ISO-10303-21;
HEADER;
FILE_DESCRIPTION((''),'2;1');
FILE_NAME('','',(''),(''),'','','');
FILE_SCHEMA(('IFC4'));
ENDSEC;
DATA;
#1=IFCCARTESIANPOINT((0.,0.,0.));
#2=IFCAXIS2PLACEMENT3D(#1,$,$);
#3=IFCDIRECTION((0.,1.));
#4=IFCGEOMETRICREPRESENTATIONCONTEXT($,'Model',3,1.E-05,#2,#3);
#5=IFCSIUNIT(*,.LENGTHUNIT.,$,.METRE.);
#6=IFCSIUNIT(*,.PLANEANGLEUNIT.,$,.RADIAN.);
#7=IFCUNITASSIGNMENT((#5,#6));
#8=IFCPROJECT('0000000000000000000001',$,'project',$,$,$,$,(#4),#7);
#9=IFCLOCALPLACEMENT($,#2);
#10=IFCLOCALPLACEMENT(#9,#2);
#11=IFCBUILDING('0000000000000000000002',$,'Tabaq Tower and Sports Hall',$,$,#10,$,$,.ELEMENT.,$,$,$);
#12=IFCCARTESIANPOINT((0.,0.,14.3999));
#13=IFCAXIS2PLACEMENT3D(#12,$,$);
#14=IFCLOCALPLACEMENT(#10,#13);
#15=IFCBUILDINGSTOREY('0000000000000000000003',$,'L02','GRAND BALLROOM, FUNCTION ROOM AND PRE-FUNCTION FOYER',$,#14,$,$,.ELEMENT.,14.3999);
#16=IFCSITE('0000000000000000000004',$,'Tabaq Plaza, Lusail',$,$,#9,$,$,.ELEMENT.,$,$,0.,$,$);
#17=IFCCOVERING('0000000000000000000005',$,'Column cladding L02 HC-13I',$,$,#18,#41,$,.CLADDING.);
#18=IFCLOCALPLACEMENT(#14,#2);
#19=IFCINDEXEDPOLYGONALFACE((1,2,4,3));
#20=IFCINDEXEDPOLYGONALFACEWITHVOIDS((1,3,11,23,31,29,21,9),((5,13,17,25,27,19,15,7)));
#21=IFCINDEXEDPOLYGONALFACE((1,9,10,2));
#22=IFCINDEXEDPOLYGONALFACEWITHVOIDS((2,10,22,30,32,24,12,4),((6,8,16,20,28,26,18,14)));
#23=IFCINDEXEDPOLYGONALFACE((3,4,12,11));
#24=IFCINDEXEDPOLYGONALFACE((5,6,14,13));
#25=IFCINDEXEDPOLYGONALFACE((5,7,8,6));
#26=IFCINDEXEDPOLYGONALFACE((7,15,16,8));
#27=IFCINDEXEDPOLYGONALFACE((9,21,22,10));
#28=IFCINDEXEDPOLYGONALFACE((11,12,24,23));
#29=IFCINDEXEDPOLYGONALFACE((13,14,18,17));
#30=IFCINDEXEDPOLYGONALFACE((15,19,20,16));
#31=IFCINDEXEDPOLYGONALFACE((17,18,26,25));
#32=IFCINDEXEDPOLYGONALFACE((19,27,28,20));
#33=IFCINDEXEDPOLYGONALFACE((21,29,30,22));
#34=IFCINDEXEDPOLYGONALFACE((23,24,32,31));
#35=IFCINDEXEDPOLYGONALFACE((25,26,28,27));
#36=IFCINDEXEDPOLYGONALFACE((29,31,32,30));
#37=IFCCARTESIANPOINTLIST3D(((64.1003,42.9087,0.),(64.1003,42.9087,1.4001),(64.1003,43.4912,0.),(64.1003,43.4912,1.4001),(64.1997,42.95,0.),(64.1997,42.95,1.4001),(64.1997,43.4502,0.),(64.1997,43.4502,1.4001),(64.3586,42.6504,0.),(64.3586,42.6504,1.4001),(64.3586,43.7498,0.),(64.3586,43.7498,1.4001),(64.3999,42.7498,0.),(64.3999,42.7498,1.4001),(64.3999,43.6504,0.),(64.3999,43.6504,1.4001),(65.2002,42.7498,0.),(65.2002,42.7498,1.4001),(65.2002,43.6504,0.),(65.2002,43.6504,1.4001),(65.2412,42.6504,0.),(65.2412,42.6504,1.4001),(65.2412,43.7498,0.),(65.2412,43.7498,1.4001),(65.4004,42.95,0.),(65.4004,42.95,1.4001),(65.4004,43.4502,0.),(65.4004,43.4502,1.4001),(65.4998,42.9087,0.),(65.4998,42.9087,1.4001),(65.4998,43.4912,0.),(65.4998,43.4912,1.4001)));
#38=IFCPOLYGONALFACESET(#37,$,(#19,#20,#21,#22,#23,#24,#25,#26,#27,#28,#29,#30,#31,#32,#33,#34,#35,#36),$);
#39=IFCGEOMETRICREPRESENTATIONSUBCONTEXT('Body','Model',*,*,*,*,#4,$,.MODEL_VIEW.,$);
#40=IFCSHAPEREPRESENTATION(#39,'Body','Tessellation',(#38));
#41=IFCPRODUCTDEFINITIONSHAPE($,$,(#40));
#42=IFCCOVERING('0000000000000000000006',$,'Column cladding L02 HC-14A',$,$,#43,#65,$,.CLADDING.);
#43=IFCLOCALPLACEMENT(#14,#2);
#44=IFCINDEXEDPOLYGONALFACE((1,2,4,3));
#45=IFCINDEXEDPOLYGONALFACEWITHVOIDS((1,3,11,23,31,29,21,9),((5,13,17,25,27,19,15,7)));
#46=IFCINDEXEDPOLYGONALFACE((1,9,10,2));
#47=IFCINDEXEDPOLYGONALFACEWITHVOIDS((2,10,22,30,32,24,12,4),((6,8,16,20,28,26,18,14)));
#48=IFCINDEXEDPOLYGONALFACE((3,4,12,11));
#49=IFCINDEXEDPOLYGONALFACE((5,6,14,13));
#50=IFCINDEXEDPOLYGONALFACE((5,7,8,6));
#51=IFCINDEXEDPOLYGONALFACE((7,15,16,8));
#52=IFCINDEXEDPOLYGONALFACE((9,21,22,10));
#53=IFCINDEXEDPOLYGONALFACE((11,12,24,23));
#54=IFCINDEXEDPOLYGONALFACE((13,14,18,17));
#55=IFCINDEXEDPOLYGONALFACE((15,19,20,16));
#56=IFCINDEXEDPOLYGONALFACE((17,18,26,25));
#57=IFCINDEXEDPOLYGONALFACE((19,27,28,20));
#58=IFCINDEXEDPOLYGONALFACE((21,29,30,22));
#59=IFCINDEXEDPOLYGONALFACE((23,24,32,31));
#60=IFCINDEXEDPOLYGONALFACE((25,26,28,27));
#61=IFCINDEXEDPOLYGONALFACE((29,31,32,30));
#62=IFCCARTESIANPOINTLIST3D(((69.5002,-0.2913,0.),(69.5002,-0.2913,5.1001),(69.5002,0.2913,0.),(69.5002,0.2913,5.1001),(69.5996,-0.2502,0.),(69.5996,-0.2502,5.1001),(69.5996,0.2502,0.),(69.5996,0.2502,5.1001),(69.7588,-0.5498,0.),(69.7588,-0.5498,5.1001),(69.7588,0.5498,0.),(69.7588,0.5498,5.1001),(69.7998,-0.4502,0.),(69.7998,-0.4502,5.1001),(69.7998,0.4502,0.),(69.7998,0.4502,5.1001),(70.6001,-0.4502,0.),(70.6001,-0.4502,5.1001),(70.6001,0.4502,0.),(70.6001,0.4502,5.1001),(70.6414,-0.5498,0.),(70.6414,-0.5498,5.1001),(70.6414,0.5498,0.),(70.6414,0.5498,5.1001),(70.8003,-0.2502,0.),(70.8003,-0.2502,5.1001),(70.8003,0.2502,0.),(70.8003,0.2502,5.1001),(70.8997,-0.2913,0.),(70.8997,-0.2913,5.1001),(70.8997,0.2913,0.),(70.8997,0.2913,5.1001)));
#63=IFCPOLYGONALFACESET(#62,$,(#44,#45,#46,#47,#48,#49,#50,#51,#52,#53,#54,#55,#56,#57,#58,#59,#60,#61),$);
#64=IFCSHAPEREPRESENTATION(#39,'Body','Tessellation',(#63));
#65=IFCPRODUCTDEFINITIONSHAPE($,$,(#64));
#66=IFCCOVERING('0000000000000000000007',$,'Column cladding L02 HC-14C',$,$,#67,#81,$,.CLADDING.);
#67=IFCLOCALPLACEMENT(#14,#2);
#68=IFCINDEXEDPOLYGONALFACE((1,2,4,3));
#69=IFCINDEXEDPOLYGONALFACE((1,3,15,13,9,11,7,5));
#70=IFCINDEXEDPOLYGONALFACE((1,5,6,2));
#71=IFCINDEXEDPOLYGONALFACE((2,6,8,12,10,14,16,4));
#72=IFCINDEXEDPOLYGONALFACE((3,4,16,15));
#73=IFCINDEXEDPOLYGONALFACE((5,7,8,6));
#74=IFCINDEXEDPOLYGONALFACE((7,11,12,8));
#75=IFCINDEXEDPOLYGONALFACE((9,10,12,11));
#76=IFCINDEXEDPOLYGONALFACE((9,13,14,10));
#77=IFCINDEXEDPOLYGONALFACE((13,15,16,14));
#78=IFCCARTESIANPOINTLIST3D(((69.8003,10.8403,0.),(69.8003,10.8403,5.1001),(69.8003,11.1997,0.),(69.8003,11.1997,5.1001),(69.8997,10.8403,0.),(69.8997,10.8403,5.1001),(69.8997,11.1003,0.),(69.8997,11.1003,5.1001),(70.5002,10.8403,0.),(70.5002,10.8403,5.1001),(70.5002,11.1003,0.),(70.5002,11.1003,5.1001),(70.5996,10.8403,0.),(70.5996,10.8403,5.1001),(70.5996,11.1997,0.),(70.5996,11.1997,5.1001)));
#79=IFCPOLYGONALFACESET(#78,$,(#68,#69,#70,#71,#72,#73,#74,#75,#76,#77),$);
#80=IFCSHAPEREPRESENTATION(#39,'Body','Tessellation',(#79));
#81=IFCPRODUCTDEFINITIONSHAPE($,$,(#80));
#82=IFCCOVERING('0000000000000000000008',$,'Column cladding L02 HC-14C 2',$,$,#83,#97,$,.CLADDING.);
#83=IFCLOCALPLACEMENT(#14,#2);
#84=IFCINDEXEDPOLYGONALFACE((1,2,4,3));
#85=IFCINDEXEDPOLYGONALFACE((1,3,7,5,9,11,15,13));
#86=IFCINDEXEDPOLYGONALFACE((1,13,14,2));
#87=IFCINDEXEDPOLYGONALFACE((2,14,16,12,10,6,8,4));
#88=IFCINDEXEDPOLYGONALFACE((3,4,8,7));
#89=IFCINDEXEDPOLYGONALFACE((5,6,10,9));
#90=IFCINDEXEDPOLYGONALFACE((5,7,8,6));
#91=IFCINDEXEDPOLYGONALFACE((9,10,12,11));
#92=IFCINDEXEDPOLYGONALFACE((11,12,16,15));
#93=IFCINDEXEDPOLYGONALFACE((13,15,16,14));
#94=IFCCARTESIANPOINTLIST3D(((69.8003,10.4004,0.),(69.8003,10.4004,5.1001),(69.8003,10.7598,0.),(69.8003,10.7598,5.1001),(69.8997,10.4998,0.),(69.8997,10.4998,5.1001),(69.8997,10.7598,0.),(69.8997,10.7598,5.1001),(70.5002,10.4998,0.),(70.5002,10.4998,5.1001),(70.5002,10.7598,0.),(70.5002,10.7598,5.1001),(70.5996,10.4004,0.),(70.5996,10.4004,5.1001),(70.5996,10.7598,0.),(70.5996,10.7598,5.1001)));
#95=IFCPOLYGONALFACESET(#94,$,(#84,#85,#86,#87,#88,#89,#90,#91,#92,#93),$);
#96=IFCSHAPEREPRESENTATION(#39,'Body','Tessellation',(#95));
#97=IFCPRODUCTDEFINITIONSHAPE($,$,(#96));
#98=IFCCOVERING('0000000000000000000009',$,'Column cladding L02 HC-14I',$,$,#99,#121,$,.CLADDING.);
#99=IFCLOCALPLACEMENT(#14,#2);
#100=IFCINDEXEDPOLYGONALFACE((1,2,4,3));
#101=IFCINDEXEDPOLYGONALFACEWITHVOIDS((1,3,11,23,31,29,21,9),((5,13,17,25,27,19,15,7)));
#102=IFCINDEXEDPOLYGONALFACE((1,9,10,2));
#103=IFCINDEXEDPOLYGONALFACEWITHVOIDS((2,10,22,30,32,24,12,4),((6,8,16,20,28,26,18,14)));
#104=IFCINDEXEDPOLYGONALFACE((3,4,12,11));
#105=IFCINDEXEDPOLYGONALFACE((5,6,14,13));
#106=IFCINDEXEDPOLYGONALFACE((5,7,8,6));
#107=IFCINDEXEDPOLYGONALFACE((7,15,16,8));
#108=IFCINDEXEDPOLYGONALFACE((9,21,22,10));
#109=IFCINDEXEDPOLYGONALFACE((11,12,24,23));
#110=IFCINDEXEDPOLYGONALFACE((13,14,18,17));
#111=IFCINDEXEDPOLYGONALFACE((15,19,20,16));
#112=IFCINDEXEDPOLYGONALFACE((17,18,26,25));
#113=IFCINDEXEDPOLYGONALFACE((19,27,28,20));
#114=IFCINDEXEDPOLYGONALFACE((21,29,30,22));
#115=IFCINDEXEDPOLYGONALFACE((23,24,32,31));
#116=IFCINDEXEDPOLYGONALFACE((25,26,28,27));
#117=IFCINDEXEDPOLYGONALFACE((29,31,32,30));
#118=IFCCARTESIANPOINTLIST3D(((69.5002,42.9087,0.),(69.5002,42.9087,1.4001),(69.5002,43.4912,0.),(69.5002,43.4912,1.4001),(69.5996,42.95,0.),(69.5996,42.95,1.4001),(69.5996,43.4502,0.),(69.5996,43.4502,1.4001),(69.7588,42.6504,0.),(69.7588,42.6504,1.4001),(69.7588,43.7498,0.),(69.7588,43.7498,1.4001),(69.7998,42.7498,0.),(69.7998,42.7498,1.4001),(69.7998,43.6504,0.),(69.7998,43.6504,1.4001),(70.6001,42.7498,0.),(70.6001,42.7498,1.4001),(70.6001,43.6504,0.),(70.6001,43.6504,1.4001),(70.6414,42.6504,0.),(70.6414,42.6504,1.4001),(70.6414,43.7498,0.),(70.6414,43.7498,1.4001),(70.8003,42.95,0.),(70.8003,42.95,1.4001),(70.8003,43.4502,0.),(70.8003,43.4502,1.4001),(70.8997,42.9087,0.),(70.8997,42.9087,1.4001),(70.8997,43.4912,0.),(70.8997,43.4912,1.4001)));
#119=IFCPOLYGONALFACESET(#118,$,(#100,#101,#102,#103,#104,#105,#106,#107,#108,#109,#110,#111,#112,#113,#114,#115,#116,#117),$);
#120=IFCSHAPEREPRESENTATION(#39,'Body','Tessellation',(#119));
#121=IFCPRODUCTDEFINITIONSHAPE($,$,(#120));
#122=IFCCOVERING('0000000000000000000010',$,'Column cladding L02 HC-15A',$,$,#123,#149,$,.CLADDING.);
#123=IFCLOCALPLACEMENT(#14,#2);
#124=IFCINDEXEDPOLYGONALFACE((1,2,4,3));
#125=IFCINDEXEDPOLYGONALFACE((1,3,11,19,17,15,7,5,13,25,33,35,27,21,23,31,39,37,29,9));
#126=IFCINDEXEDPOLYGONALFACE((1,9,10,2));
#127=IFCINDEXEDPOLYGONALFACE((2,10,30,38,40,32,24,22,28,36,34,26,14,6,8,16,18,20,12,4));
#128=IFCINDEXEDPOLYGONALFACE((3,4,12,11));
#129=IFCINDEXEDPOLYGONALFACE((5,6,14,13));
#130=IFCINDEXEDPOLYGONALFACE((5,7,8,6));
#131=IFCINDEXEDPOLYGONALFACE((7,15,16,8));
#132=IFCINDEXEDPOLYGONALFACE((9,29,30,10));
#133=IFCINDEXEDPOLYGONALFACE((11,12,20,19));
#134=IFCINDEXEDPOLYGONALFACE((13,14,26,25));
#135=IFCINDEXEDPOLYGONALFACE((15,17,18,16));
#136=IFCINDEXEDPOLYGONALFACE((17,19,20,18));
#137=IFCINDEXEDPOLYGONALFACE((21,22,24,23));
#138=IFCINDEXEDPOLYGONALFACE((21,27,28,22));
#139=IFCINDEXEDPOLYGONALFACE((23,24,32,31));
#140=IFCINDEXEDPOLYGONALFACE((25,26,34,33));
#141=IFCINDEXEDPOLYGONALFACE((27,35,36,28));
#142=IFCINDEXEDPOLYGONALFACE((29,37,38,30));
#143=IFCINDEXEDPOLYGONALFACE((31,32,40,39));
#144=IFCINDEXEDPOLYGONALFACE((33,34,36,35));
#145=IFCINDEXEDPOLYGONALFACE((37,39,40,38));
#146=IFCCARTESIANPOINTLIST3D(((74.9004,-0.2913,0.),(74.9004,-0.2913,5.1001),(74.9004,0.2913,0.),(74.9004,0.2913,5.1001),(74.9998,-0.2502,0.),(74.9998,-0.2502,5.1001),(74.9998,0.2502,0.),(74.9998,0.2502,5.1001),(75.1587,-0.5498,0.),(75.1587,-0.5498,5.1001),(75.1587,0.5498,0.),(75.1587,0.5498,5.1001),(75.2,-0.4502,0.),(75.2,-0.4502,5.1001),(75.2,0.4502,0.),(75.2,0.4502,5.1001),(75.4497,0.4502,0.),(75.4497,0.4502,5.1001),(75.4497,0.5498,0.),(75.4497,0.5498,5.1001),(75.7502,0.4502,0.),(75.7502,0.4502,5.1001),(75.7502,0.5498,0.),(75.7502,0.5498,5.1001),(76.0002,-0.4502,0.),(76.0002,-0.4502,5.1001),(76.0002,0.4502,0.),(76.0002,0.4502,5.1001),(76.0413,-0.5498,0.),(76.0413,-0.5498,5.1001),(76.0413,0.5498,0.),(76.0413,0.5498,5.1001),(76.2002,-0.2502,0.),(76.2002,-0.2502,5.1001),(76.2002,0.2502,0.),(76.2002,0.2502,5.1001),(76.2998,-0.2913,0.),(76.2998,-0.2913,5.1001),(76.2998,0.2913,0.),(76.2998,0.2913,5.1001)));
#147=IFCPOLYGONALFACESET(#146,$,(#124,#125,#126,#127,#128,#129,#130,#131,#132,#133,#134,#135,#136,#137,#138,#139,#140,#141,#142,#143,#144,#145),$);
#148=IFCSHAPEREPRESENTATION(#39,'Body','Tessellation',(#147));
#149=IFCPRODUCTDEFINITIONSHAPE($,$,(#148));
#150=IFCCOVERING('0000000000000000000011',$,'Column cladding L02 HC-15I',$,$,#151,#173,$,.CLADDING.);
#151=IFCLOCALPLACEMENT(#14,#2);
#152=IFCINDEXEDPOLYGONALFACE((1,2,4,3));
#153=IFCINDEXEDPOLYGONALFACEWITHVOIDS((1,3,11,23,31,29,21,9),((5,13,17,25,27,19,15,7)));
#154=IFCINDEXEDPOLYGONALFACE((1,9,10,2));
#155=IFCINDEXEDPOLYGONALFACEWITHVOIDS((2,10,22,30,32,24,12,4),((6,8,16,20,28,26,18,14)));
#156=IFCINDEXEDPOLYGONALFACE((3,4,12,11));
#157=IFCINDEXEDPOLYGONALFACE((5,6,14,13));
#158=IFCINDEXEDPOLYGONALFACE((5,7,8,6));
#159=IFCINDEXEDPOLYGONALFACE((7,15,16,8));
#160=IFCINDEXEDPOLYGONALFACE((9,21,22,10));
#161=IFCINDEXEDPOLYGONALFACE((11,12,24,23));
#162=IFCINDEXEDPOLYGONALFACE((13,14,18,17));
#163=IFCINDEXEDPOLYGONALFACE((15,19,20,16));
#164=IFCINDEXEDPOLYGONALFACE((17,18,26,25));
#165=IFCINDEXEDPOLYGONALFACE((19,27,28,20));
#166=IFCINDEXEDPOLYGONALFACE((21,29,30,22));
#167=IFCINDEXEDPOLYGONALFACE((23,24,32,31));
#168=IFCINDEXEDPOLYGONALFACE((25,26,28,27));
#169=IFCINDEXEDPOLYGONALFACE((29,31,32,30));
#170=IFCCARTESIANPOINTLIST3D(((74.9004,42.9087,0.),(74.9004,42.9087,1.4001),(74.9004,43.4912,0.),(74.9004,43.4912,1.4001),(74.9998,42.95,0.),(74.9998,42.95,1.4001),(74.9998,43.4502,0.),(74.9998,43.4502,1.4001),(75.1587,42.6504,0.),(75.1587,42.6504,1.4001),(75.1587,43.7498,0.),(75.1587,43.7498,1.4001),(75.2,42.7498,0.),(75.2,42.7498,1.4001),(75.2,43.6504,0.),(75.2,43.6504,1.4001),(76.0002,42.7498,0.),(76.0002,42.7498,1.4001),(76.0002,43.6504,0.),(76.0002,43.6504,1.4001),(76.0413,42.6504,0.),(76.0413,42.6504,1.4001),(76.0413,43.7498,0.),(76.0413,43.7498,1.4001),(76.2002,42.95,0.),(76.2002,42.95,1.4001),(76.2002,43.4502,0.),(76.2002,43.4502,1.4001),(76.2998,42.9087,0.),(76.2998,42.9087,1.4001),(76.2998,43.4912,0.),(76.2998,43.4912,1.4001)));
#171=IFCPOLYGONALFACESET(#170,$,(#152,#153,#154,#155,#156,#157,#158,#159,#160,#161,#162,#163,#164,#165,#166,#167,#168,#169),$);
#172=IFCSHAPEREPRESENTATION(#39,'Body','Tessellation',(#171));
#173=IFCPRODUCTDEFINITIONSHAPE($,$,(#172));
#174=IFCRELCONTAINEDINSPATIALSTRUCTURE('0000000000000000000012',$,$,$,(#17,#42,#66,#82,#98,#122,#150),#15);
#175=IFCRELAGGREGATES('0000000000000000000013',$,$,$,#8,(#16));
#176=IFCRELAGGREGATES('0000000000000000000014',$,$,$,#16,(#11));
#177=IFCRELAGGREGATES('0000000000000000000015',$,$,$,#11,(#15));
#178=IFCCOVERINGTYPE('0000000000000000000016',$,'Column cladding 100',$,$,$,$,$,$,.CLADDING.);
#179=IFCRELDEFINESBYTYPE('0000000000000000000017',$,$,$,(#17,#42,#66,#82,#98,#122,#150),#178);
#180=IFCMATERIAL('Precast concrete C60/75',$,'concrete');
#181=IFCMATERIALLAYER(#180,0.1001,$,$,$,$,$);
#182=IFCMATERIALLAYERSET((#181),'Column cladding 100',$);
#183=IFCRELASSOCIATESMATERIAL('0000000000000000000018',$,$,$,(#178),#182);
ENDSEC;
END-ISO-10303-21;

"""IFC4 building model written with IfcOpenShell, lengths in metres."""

from ifc_helpers import new_model, si_unit, direction, frame, origin, place, context, subcontext, project, spatial, polyline, outline, extrude, material, layer, layer_set, type_object, element, save


model = new_model("IFC4")

# Units and contexts
model_context = context("Model", 3, precision=1e-05, world=origin(), true_north=direction((0.0, 1.0)))
body_context = subcontext(model_context, "Body", "Model", "MODEL_VIEW")
ifc_project = project(units=[si_unit("LENGTHUNIT", "METRE"), si_unit("PLANEANGLEUNIT", "RADIAN")], contexts=[model_context])

# Site, building, storey
site_placement = place(None, origin())
site = spatial("IfcSite", under=ifc_project, at=site_placement, Name="Tabaq Plaza, Lusail", CompositionType="ELEMENT", RefElevation=0.0)
building_placement = place(site_placement, origin())
building = spatial("IfcBuilding", under=site, at=building_placement, Name="Tabaq Tower and Sports Hall", CompositionType="ELEMENT")
storey_placement = place(building_placement, frame((0.0, 0.0, 14.3999)))
storey = spatial("IfcBuildingStorey", under=building, at=storey_placement, Name="L02", Description="GRAND BALLROOM, FUNCTION ROOM AND PRE-FUNCTION FOYER", CompositionType="ELEMENT", Elevation=14.3999)

# Coverings
ifc_material_1 = material(Name="Precast concrete C60/75", Category="concrete")
ifc_layer_1 = layer(ifc_material_1, 0.1001)
ifc_layer_set_1 = layer_set([ifc_layer_1], Name="Column cladding 100")
covering_type = type_object("IfcCoveringType", Name="Column cladding 100", PredefinedType="CLADDING", material=ifc_layer_set_1)
covering_1_placement = place(storey_placement, origin())
element("IfcCovering", 1, at=covering_1_placement, inside=storey, type_object=covering_type, Name="Column cladding L02 HC-13I", PredefinedType="CLADDING", context=body_context, shape_type="SweptSolid", body=[
    extrude(outline(polyline([(64.1003, 42.9087), (64.1003, 43.4912), (64.3586, 43.7498), (65.2412, 43.7498), (65.4998, 43.4912), (65.4998, 42.9087), (65.2412, 42.6504), (64.3586, 42.6504), (64.1003, 42.9087)]), holes=[polyline([(65.2002, 42.7498), (65.4004, 42.95), (65.4004, 43.4502), (65.2002, 43.6504), (64.3999, 43.6504), (64.1997, 43.4502), (64.1997, 42.95), (64.3999, 42.7498), (65.2002, 42.7498)])]), origin(), (0.0, 0.0, 1.0), 1.4001),
])
covering_2_placement = place(storey_placement, origin())
element("IfcCovering", 2, at=covering_2_placement, inside=storey, type_object=covering_type, Name="Column cladding L02 HC-14A", PredefinedType="CLADDING", context=body_context, shape_type="SweptSolid", body=[
    extrude(outline(polyline([(69.5002, -0.2913), (69.5002, 0.2913), (69.7588, 0.5498), (70.6414, 0.5498), (70.8997, 0.2913), (70.8997, -0.2913), (70.6414, -0.5498), (69.7588, -0.5498), (69.5002, -0.2913)]), holes=[polyline([(70.6001, -0.4502), (70.8003, -0.2502), (70.8003, 0.2502), (70.6001, 0.4502), (69.7998, 0.4502), (69.5996, 0.2502), (69.5996, -0.2502), (69.7998, -0.4502), (70.6001, -0.4502)])]), origin(), (0.0, 0.0, 1.0), 5.1001),
])
covering_3_placement = place(storey_placement, origin())
element("IfcCovering", 3, at=covering_3_placement, inside=storey, type_object=covering_type, Name="Column cladding L02 HC-14C", PredefinedType="CLADDING", context=body_context, shape_type="SweptSolid", body=[
    extrude(outline(polyline([(70.5996, 11.1997), (70.5996, 10.8403), (70.5002, 10.8403), (70.5002, 11.1003), (69.8997, 11.1003), (69.8997, 10.8403), (69.8003, 10.8403), (69.8003, 11.1997), (70.5996, 11.1997)])), origin(), (0.0, 0.0, 1.0), 5.1001),
])
covering_4_placement = place(storey_placement, origin())
element("IfcCovering", 4, at=covering_4_placement, inside=storey, type_object=covering_type, Name="Column cladding L02 HC-14C 2", PredefinedType="CLADDING", context=body_context, shape_type="SweptSolid", body=[
    extrude(outline(polyline([(70.5996, 10.4004), (69.8003, 10.4004), (69.8003, 10.7598), (69.8997, 10.7598), (69.8997, 10.4998), (70.5002, 10.4998), (70.5002, 10.7598), (70.5996, 10.7598), (70.5996, 10.4004)])), origin(), (0.0, 0.0, 1.0), 5.1001),
])
covering_5_placement = place(storey_placement, origin())
element("IfcCovering", 5, at=covering_5_placement, inside=storey, type_object=covering_type, Name="Column cladding L02 HC-14I", PredefinedType="CLADDING", context=body_context, shape_type="SweptSolid", body=[
    extrude(outline(polyline([(69.5002, 42.9087), (69.5002, 43.4912), (69.7588, 43.7498), (70.6414, 43.7498), (70.8997, 43.4912), (70.8997, 42.9087), (70.6414, 42.6504), (69.7588, 42.6504), (69.5002, 42.9087)]), holes=[polyline([(70.6001, 42.7498), (70.8003, 42.95), (70.8003, 43.4502), (70.6001, 43.6504), (69.7998, 43.6504), (69.5996, 43.4502), (69.5996, 42.95), (69.7998, 42.7498), (70.6001, 42.7498)])]), origin(), (0.0, 0.0, 1.0), 1.4001),
])
covering_6_placement = place(storey_placement, origin())
element("IfcCovering", 6, at=covering_6_placement, inside=storey, type_object=covering_type, Name="Column cladding L02 HC-15A", PredefinedType="CLADDING", context=body_context, shape_type="SweptSolid", body=[
    extrude(outline(polyline([(74.9004, 0.2913), (75.1587, 0.5498), (75.4497, 0.5498), (75.4497, 0.4502), (75.2, 0.4502), (74.9998, 0.2502), (74.9998, -0.2502), (75.2, -0.4502), (76.0002, -0.4502), (76.2002, -0.2502), (76.2002, 0.2502), (76.0002, 0.4502), (75.7502, 0.4502), (75.7502, 0.5498), (76.0413, 0.5498), (76.2998, 0.2913), (76.2998, -0.2913), (76.0413, -0.5498), (75.1587, -0.5498), (74.9004, -0.2913), (74.9004, 0.2913)])), origin(), (0.0, 0.0, 1.0), 5.1001),
])
covering_7_placement = place(storey_placement, origin())
element("IfcCovering", 7, at=covering_7_placement, inside=storey, type_object=covering_type, Name="Column cladding L02 HC-15I", PredefinedType="CLADDING", context=body_context, shape_type="SweptSolid", body=[
    extrude(outline(polyline([(74.9004, 42.9087), (74.9004, 43.4912), (75.1587, 43.7498), (76.0413, 43.7498), (76.2998, 43.4912), (76.2998, 42.9087), (76.0413, 42.6504), (75.1587, 42.6504), (74.9004, 42.9087)]), holes=[polyline([(76.0002, 42.7498), (76.2002, 42.95), (76.2002, 43.4502), (76.0002, 43.6504), (75.2, 43.6504), (74.9998, 43.4502), (74.9998, 42.95), (75.2, 42.7498), (76.0002, 42.7498)])]), origin(), (0.0, 0.0, 1.0), 1.4001),
])

save(model, "model.ifc")
